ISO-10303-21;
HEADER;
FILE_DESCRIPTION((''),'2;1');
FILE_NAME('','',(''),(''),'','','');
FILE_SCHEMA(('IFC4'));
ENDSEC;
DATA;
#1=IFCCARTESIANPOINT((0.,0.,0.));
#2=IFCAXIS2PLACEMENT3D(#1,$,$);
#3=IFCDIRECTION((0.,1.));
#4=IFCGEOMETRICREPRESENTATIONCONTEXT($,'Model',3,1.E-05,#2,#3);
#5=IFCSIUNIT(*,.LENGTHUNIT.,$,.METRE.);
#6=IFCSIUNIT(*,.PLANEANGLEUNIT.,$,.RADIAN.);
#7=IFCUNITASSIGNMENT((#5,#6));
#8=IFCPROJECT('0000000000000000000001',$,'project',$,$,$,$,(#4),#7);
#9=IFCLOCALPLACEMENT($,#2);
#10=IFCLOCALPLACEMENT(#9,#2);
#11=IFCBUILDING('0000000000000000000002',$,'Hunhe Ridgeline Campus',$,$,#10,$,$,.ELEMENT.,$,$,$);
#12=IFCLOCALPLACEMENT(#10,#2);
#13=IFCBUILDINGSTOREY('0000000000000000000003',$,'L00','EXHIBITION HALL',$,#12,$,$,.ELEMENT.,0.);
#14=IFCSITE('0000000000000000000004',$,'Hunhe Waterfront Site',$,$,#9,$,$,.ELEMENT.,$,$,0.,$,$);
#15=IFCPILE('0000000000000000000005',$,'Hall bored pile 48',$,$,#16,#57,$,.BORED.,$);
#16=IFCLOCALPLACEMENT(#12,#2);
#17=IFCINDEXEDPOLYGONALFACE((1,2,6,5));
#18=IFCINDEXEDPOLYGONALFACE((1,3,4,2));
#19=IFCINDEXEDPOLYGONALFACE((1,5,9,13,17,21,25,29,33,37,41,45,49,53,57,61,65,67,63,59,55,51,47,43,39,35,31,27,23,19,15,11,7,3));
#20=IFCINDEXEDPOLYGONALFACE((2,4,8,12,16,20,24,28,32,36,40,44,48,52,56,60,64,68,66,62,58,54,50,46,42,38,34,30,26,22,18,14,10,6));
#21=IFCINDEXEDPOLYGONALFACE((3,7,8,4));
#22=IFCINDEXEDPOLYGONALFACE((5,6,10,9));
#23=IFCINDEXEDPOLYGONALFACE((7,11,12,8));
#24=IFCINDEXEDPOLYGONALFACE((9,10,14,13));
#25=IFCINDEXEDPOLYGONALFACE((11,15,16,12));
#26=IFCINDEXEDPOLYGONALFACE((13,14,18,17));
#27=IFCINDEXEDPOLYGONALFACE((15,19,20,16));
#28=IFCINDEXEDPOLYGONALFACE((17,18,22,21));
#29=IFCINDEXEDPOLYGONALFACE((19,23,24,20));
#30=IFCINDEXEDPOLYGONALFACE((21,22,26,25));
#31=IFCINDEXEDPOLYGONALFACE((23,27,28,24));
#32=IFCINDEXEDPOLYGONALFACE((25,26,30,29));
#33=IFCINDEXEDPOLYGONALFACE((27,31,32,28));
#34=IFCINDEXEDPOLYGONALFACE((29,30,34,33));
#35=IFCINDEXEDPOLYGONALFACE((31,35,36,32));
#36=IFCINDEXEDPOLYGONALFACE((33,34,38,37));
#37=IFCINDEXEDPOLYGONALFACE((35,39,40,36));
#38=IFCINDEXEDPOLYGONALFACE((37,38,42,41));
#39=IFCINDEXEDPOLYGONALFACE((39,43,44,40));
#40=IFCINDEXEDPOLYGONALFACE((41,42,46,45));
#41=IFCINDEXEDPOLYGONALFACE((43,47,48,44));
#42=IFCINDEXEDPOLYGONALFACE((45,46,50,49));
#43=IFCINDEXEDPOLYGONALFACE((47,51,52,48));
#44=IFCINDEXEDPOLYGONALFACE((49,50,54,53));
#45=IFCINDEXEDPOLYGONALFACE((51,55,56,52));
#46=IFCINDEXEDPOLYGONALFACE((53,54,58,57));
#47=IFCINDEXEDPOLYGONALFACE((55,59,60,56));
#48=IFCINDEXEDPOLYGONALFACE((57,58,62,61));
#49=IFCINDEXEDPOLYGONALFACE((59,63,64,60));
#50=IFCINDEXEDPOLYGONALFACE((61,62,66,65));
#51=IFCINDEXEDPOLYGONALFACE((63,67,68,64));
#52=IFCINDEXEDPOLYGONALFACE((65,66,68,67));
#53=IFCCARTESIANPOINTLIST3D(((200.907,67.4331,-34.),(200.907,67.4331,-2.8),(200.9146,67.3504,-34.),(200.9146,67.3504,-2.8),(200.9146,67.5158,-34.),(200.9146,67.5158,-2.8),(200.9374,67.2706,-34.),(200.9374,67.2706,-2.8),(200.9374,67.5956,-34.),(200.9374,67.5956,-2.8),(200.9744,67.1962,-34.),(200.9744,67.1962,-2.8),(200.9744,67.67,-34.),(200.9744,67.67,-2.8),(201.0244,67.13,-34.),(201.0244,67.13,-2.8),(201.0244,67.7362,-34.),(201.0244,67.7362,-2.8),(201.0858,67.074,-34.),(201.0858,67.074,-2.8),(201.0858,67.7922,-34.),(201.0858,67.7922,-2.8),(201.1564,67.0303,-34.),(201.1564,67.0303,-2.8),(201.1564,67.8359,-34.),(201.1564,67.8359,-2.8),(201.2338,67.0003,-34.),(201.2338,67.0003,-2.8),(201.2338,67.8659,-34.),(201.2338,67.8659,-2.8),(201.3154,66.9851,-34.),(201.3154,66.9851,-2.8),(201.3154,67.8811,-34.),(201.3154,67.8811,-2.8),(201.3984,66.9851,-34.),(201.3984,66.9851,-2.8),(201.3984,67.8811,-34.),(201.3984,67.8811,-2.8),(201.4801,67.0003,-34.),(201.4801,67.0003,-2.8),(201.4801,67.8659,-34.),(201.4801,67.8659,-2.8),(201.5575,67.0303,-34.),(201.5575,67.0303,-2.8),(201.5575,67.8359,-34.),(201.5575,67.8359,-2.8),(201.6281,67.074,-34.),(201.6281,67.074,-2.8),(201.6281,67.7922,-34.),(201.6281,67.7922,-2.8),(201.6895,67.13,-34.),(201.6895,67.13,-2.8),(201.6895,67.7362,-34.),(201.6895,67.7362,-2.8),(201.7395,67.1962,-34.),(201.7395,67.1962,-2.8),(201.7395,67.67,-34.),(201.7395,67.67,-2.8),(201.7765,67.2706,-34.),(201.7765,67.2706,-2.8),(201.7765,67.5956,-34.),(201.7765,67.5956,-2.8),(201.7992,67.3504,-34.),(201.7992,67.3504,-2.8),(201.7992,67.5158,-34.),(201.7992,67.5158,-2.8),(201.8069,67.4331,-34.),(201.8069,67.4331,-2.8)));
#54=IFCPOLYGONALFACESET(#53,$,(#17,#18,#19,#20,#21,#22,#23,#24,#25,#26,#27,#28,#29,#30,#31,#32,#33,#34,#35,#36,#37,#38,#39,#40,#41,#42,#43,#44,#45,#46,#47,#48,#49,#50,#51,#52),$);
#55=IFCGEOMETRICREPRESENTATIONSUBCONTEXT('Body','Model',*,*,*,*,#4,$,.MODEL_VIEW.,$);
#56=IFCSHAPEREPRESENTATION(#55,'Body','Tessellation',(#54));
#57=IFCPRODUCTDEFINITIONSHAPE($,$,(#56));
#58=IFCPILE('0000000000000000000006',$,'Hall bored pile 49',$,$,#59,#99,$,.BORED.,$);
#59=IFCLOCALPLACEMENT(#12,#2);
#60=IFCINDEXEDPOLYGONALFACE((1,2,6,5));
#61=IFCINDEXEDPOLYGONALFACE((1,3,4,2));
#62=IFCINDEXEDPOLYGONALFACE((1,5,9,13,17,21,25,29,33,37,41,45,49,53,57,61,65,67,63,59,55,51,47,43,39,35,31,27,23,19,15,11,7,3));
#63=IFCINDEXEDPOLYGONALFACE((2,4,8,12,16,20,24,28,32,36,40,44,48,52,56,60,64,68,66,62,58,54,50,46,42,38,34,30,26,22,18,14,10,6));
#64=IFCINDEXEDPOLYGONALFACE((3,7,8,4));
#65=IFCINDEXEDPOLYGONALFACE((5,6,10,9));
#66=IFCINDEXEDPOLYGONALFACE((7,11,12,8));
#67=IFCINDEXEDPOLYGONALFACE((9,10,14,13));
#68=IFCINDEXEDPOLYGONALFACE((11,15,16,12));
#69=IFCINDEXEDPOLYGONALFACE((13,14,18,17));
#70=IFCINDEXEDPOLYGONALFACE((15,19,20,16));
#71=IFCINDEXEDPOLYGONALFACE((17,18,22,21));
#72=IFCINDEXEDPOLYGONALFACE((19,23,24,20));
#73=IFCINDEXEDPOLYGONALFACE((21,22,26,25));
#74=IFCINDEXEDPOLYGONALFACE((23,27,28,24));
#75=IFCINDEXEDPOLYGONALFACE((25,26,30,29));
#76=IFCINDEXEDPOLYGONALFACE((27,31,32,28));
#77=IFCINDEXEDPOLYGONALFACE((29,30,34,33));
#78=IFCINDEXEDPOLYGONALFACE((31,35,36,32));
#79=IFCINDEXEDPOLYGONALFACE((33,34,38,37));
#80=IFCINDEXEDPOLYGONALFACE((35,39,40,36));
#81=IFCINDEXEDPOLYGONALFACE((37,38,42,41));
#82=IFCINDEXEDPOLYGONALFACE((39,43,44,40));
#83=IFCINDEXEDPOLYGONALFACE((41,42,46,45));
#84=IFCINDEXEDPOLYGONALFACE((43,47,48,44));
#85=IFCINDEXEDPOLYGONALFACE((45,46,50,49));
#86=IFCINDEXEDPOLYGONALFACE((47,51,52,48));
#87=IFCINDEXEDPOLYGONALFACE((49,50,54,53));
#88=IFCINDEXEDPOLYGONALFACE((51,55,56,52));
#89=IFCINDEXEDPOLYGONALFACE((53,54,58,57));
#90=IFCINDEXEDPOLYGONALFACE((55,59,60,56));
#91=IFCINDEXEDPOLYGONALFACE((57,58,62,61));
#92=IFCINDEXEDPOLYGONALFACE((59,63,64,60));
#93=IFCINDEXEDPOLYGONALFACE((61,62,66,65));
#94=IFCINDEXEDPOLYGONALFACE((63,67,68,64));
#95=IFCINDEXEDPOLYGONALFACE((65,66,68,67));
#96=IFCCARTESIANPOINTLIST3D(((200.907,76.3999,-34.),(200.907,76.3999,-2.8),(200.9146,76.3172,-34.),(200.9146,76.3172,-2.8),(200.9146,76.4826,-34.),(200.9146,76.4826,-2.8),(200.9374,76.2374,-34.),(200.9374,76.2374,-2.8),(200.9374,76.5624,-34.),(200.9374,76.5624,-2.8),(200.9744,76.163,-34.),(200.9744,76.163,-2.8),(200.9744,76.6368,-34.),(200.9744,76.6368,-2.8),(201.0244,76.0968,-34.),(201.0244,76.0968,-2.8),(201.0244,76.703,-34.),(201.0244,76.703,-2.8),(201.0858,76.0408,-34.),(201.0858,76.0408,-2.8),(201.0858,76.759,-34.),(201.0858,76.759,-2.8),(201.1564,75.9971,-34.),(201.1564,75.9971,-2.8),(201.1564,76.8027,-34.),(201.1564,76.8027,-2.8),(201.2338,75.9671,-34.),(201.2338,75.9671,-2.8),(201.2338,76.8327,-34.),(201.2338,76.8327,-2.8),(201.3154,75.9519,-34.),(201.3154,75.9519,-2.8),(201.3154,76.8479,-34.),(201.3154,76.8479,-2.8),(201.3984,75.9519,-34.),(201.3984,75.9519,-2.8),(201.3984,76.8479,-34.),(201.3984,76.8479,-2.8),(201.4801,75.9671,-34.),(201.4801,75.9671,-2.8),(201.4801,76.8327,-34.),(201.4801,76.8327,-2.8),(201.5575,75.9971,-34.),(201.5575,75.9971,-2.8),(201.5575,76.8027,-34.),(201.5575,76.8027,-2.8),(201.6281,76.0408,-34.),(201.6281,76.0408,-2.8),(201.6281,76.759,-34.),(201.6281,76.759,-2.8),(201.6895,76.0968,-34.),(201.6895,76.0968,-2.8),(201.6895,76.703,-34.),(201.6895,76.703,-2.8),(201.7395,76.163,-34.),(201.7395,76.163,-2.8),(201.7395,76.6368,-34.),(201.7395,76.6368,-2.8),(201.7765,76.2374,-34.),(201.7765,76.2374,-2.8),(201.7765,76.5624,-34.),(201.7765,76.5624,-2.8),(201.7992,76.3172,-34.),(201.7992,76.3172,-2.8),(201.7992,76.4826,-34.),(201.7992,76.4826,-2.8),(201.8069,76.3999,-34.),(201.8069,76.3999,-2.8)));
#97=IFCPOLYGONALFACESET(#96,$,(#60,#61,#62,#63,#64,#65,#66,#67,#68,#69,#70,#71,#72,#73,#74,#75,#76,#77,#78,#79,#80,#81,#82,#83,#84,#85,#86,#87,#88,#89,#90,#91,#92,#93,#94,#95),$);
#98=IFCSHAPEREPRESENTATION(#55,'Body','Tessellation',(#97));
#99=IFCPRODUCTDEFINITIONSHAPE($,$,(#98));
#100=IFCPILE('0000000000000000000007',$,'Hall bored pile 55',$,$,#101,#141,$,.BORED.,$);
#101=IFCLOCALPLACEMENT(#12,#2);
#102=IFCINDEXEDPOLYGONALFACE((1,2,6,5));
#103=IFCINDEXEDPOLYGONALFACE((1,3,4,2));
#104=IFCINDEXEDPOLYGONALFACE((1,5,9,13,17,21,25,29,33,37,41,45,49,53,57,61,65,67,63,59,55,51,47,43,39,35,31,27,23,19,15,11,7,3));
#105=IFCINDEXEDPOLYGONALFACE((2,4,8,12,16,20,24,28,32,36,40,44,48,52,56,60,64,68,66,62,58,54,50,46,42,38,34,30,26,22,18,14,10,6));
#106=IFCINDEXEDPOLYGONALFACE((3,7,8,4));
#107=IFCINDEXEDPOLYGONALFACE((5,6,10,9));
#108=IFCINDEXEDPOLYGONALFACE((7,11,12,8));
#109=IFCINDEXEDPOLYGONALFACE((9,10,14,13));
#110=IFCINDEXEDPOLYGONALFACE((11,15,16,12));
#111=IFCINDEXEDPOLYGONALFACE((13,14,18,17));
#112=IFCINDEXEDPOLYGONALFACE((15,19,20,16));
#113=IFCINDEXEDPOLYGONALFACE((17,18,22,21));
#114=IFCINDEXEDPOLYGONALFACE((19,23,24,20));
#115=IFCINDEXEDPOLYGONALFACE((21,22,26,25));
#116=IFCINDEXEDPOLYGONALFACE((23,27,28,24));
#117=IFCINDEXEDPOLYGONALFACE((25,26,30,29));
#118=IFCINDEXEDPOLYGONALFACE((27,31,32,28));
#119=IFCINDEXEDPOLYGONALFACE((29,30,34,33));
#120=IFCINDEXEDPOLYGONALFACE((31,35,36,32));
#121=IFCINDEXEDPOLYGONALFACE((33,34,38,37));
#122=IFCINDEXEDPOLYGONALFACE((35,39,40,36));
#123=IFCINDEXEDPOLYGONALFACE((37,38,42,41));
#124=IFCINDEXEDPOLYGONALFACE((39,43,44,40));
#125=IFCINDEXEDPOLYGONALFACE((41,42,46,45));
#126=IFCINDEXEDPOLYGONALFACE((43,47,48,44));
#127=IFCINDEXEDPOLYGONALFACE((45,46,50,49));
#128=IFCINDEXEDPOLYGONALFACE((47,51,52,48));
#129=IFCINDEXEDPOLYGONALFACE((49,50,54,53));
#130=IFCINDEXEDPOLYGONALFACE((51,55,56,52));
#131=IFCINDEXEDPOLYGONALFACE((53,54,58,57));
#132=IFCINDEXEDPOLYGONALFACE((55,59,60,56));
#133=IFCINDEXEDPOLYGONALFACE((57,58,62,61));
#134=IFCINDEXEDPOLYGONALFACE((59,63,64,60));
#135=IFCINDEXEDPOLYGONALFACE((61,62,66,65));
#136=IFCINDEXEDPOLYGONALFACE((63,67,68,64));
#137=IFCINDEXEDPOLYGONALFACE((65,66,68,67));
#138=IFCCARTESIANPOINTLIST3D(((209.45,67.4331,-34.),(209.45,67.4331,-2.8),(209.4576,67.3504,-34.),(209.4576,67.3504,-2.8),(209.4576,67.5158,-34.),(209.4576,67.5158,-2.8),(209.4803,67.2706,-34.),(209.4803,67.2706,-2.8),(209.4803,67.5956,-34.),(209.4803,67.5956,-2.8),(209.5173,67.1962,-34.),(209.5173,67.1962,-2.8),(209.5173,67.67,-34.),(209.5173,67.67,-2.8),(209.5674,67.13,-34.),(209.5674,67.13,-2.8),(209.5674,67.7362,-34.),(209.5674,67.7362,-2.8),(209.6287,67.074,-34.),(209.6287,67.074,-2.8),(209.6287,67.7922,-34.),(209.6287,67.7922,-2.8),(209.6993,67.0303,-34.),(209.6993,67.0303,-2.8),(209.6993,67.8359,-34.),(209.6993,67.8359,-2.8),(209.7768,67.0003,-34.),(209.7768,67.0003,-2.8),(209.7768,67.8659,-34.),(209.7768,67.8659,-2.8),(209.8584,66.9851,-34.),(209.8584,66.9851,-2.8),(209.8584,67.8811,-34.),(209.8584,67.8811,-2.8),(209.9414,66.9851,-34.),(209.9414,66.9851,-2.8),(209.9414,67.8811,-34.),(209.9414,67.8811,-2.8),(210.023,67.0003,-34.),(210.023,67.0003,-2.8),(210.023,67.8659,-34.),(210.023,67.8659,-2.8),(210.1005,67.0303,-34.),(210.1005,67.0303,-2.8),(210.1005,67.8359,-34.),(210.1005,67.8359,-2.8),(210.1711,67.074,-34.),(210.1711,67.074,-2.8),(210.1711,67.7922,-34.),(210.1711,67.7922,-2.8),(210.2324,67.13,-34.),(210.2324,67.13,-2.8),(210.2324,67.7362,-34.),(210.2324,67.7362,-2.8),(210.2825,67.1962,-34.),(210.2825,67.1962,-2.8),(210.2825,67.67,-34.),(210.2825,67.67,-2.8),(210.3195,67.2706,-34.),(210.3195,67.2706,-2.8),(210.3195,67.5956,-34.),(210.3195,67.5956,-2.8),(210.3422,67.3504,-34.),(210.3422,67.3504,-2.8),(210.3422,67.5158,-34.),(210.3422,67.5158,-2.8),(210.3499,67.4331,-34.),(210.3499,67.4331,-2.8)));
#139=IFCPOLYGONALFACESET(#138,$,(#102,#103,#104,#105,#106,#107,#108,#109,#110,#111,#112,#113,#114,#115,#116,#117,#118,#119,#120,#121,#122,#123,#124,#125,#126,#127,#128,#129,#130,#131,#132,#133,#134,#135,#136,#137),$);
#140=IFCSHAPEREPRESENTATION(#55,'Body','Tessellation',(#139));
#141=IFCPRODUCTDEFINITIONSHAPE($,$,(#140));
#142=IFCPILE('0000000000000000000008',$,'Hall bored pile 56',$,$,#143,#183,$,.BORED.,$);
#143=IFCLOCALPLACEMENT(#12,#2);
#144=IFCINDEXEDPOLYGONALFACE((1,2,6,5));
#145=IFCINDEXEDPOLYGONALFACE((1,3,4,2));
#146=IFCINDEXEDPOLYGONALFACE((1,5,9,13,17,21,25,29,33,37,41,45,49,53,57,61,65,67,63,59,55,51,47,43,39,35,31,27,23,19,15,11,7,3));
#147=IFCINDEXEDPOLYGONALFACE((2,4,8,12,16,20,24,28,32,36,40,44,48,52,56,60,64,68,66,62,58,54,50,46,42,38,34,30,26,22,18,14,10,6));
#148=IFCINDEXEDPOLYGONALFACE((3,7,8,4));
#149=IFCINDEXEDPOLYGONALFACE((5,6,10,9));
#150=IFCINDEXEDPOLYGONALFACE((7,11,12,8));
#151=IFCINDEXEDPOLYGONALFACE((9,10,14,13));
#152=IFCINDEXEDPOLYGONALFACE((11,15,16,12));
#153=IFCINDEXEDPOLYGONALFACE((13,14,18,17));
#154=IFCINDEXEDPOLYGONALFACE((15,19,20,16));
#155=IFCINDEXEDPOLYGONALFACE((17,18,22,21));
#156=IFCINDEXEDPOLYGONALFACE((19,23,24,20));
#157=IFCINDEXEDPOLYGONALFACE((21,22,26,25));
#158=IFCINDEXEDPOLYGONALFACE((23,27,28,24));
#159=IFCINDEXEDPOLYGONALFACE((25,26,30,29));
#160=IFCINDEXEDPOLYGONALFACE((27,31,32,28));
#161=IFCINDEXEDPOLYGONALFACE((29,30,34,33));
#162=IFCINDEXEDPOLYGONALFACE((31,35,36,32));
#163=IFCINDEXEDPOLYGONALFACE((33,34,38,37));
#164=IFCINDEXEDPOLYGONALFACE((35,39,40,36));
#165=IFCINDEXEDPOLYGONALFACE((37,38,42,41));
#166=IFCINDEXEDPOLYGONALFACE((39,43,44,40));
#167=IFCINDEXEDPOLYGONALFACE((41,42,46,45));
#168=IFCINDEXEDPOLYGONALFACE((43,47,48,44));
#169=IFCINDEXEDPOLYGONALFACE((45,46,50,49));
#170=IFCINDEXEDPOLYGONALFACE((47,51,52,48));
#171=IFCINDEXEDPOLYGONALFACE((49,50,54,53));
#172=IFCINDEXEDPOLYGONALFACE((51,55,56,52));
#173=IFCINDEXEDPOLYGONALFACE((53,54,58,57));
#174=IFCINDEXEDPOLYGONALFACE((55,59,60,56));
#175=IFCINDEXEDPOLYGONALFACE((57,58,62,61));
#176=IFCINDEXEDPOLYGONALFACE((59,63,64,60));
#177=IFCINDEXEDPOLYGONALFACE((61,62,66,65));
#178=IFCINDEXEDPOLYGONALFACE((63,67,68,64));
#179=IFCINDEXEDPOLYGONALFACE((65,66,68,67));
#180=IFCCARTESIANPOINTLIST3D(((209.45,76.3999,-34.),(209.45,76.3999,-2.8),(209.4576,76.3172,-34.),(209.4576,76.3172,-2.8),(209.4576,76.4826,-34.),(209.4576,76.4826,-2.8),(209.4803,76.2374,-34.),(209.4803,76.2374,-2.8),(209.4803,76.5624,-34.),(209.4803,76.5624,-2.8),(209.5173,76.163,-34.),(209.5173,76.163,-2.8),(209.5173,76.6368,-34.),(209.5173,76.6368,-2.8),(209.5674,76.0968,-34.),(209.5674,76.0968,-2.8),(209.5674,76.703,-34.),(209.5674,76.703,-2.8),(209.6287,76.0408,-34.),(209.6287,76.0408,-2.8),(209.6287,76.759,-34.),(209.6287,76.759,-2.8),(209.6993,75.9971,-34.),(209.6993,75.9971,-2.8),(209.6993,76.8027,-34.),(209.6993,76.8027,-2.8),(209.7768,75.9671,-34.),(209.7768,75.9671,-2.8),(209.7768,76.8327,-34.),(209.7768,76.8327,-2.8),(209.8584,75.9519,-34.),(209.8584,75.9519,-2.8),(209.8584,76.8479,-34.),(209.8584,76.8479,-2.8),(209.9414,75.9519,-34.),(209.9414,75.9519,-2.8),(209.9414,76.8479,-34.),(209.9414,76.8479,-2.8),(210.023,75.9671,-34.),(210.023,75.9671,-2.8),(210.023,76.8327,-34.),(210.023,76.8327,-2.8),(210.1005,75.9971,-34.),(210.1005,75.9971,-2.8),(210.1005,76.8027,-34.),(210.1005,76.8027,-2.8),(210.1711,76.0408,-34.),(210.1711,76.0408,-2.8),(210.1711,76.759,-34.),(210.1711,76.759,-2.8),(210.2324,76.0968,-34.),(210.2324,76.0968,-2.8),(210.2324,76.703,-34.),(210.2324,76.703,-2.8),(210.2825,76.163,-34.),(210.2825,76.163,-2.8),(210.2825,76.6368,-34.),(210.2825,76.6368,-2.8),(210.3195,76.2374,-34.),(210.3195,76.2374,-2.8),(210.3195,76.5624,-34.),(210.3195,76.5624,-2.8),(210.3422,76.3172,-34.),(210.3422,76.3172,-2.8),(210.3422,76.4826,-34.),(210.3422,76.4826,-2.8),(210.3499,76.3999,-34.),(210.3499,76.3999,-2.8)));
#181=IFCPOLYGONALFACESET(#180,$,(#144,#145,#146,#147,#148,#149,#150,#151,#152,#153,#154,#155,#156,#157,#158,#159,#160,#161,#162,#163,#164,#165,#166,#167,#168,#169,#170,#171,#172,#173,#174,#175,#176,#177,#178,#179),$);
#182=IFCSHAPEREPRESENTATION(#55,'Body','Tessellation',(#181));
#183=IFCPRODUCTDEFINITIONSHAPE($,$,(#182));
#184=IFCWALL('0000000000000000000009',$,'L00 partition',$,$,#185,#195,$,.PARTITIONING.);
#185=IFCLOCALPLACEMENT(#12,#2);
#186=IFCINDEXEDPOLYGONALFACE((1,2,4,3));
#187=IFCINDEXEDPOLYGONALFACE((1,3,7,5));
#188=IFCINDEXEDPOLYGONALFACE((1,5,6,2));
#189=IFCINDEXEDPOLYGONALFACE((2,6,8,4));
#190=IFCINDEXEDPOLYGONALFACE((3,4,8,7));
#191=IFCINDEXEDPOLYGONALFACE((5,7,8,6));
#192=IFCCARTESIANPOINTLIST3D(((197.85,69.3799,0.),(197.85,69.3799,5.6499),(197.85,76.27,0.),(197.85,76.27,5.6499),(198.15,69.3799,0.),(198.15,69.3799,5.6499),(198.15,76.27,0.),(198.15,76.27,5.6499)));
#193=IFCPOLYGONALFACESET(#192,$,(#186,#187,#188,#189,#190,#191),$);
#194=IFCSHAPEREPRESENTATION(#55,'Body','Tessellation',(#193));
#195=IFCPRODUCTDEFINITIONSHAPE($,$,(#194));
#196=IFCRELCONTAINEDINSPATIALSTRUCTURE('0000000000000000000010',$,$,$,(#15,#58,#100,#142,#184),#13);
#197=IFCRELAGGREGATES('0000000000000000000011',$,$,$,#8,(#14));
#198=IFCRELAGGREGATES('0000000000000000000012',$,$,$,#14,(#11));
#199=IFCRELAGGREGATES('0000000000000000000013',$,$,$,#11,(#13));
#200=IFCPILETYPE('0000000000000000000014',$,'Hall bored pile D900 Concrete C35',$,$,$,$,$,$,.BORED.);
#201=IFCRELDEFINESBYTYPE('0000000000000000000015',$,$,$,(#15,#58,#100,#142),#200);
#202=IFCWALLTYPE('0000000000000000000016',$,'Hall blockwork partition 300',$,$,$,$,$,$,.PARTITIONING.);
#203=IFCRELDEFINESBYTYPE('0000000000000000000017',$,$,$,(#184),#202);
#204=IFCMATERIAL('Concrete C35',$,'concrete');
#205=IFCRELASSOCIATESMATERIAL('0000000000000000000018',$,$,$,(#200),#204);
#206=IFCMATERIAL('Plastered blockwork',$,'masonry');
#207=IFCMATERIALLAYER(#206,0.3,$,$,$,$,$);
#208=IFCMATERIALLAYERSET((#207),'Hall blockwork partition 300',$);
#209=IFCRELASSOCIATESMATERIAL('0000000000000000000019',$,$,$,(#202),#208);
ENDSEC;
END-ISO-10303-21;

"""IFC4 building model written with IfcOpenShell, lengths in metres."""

from ifc_helpers import new_model, si_unit, direction, frame, frame_2d, origin, origin_2d, place, context, subcontext, project, spatial, rectangle, circle, extrude, material, layer, layer_set, material_profile, profile_set, type_object, element, save


model = new_model("IFC4")

# Units and contexts
model_context = context("Model", 3, precision=1e-05, world=origin(), true_north=direction((0.0, 1.0)))
body_context = subcontext(model_context, "Body", "Model", "MODEL_VIEW")
ifc_project = project(units=[si_unit("LENGTHUNIT", "METRE"), si_unit("PLANEANGLEUNIT", "RADIAN")], contexts=[model_context])

# Site, building, storey
site_placement = place(None, origin())
site = spatial("IfcSite", under=ifc_project, at=site_placement, Name="Hunhe Waterfront Site", CompositionType="ELEMENT", RefElevation=0.0)
building_placement = place(site_placement, origin())
building = spatial("IfcBuilding", under=site, at=building_placement, Name="Hunhe Ridgeline Campus", CompositionType="ELEMENT")
storey_placement = place(building_placement, origin())
storey = spatial("IfcBuildingStorey", under=building, at=storey_placement, Name="L00", Description="EXHIBITION HALL", CompositionType="ELEMENT", Elevation=0.0)

# Piles
ifc_material_1 = material(Name="Concrete C35", Category="concrete")
ifc_material_profile = material_profile(ifc_material_1, circle(Radius=0.45, at=origin_2d()))
ifc_profile_set = profile_set([ifc_material_profile], Name="Concrete C35")
pile_type = type_object("IfcPileType", Name="Hall bored pile D900 Concrete C35", PredefinedType="BORED", material=ifc_profile_set)
for number, where, z_axis, x_axis, name in (
    (1, (201.3569, 67.4331, -2.8), (0.0, 0.0, -1.0), (1.0, 0.0, 0.0), "Hall bored pile 48"),
    (2, (201.3569, 76.3999, -2.8), (0.0, 0.0, -1.0), (1.0, 0.0, 0.0), "Hall bored pile 49"),
    (3, (209.8999, 67.4331, -2.8), (0.0, 0.0, -1.0), (1.0, 0.0, 0.0), "Hall bored pile 55"),
    (4, (209.8999, 76.3999, -2.8), (0.0, 0.0, -1.0), (1.0, 0.0, 0.0), "Hall bored pile 56"),
):
    element("IfcPile", number, at=place(storey_placement, frame(where, z_axis=z_axis, x_axis=x_axis)), inside=storey, type_object=pile_type, Name=name, PredefinedType="BORED", context=body_context, shape_type="SweptSolid", body=[
        extrude(circle(Radius=0.45, at=origin_2d()), origin(), (0.0, 0.0, 1.0), 31.2),
    ])

# Wall
ifc_material_2 = material(Name="Plastered blockwork", Category="masonry")
ifc_layer_1 = layer(ifc_material_2, 0.3)
ifc_layer_set_1 = layer_set([ifc_layer_1], Name="Hall blockwork partition 300")
wall_type_1 = type_object("IfcWallType", Name="Hall blockwork partition 300", PredefinedType="PARTITIONING", material=ifc_layer_set_1)
wall_1_placement = place(storey_placement, frame((198.0, 69.3799, 0.0), z_axis=(0.0, 0.0, 1.0), x_axis=(0.0, 1.0, 0.0)))
element("IfcWall", 5, at=wall_1_placement, inside=storey, type_object=wall_type_1, Name="L00 partition", PredefinedType="PARTITIONING", context=body_context, shape_type="SweptSolid", body=[
    extrude(rectangle(XDim=6.8901, YDim=0.3, at=frame_2d((3.4451, 0.0))), origin(), (0.0, 0.0, 1.0), 5.6499),
])

save(model, "model.ifc")
